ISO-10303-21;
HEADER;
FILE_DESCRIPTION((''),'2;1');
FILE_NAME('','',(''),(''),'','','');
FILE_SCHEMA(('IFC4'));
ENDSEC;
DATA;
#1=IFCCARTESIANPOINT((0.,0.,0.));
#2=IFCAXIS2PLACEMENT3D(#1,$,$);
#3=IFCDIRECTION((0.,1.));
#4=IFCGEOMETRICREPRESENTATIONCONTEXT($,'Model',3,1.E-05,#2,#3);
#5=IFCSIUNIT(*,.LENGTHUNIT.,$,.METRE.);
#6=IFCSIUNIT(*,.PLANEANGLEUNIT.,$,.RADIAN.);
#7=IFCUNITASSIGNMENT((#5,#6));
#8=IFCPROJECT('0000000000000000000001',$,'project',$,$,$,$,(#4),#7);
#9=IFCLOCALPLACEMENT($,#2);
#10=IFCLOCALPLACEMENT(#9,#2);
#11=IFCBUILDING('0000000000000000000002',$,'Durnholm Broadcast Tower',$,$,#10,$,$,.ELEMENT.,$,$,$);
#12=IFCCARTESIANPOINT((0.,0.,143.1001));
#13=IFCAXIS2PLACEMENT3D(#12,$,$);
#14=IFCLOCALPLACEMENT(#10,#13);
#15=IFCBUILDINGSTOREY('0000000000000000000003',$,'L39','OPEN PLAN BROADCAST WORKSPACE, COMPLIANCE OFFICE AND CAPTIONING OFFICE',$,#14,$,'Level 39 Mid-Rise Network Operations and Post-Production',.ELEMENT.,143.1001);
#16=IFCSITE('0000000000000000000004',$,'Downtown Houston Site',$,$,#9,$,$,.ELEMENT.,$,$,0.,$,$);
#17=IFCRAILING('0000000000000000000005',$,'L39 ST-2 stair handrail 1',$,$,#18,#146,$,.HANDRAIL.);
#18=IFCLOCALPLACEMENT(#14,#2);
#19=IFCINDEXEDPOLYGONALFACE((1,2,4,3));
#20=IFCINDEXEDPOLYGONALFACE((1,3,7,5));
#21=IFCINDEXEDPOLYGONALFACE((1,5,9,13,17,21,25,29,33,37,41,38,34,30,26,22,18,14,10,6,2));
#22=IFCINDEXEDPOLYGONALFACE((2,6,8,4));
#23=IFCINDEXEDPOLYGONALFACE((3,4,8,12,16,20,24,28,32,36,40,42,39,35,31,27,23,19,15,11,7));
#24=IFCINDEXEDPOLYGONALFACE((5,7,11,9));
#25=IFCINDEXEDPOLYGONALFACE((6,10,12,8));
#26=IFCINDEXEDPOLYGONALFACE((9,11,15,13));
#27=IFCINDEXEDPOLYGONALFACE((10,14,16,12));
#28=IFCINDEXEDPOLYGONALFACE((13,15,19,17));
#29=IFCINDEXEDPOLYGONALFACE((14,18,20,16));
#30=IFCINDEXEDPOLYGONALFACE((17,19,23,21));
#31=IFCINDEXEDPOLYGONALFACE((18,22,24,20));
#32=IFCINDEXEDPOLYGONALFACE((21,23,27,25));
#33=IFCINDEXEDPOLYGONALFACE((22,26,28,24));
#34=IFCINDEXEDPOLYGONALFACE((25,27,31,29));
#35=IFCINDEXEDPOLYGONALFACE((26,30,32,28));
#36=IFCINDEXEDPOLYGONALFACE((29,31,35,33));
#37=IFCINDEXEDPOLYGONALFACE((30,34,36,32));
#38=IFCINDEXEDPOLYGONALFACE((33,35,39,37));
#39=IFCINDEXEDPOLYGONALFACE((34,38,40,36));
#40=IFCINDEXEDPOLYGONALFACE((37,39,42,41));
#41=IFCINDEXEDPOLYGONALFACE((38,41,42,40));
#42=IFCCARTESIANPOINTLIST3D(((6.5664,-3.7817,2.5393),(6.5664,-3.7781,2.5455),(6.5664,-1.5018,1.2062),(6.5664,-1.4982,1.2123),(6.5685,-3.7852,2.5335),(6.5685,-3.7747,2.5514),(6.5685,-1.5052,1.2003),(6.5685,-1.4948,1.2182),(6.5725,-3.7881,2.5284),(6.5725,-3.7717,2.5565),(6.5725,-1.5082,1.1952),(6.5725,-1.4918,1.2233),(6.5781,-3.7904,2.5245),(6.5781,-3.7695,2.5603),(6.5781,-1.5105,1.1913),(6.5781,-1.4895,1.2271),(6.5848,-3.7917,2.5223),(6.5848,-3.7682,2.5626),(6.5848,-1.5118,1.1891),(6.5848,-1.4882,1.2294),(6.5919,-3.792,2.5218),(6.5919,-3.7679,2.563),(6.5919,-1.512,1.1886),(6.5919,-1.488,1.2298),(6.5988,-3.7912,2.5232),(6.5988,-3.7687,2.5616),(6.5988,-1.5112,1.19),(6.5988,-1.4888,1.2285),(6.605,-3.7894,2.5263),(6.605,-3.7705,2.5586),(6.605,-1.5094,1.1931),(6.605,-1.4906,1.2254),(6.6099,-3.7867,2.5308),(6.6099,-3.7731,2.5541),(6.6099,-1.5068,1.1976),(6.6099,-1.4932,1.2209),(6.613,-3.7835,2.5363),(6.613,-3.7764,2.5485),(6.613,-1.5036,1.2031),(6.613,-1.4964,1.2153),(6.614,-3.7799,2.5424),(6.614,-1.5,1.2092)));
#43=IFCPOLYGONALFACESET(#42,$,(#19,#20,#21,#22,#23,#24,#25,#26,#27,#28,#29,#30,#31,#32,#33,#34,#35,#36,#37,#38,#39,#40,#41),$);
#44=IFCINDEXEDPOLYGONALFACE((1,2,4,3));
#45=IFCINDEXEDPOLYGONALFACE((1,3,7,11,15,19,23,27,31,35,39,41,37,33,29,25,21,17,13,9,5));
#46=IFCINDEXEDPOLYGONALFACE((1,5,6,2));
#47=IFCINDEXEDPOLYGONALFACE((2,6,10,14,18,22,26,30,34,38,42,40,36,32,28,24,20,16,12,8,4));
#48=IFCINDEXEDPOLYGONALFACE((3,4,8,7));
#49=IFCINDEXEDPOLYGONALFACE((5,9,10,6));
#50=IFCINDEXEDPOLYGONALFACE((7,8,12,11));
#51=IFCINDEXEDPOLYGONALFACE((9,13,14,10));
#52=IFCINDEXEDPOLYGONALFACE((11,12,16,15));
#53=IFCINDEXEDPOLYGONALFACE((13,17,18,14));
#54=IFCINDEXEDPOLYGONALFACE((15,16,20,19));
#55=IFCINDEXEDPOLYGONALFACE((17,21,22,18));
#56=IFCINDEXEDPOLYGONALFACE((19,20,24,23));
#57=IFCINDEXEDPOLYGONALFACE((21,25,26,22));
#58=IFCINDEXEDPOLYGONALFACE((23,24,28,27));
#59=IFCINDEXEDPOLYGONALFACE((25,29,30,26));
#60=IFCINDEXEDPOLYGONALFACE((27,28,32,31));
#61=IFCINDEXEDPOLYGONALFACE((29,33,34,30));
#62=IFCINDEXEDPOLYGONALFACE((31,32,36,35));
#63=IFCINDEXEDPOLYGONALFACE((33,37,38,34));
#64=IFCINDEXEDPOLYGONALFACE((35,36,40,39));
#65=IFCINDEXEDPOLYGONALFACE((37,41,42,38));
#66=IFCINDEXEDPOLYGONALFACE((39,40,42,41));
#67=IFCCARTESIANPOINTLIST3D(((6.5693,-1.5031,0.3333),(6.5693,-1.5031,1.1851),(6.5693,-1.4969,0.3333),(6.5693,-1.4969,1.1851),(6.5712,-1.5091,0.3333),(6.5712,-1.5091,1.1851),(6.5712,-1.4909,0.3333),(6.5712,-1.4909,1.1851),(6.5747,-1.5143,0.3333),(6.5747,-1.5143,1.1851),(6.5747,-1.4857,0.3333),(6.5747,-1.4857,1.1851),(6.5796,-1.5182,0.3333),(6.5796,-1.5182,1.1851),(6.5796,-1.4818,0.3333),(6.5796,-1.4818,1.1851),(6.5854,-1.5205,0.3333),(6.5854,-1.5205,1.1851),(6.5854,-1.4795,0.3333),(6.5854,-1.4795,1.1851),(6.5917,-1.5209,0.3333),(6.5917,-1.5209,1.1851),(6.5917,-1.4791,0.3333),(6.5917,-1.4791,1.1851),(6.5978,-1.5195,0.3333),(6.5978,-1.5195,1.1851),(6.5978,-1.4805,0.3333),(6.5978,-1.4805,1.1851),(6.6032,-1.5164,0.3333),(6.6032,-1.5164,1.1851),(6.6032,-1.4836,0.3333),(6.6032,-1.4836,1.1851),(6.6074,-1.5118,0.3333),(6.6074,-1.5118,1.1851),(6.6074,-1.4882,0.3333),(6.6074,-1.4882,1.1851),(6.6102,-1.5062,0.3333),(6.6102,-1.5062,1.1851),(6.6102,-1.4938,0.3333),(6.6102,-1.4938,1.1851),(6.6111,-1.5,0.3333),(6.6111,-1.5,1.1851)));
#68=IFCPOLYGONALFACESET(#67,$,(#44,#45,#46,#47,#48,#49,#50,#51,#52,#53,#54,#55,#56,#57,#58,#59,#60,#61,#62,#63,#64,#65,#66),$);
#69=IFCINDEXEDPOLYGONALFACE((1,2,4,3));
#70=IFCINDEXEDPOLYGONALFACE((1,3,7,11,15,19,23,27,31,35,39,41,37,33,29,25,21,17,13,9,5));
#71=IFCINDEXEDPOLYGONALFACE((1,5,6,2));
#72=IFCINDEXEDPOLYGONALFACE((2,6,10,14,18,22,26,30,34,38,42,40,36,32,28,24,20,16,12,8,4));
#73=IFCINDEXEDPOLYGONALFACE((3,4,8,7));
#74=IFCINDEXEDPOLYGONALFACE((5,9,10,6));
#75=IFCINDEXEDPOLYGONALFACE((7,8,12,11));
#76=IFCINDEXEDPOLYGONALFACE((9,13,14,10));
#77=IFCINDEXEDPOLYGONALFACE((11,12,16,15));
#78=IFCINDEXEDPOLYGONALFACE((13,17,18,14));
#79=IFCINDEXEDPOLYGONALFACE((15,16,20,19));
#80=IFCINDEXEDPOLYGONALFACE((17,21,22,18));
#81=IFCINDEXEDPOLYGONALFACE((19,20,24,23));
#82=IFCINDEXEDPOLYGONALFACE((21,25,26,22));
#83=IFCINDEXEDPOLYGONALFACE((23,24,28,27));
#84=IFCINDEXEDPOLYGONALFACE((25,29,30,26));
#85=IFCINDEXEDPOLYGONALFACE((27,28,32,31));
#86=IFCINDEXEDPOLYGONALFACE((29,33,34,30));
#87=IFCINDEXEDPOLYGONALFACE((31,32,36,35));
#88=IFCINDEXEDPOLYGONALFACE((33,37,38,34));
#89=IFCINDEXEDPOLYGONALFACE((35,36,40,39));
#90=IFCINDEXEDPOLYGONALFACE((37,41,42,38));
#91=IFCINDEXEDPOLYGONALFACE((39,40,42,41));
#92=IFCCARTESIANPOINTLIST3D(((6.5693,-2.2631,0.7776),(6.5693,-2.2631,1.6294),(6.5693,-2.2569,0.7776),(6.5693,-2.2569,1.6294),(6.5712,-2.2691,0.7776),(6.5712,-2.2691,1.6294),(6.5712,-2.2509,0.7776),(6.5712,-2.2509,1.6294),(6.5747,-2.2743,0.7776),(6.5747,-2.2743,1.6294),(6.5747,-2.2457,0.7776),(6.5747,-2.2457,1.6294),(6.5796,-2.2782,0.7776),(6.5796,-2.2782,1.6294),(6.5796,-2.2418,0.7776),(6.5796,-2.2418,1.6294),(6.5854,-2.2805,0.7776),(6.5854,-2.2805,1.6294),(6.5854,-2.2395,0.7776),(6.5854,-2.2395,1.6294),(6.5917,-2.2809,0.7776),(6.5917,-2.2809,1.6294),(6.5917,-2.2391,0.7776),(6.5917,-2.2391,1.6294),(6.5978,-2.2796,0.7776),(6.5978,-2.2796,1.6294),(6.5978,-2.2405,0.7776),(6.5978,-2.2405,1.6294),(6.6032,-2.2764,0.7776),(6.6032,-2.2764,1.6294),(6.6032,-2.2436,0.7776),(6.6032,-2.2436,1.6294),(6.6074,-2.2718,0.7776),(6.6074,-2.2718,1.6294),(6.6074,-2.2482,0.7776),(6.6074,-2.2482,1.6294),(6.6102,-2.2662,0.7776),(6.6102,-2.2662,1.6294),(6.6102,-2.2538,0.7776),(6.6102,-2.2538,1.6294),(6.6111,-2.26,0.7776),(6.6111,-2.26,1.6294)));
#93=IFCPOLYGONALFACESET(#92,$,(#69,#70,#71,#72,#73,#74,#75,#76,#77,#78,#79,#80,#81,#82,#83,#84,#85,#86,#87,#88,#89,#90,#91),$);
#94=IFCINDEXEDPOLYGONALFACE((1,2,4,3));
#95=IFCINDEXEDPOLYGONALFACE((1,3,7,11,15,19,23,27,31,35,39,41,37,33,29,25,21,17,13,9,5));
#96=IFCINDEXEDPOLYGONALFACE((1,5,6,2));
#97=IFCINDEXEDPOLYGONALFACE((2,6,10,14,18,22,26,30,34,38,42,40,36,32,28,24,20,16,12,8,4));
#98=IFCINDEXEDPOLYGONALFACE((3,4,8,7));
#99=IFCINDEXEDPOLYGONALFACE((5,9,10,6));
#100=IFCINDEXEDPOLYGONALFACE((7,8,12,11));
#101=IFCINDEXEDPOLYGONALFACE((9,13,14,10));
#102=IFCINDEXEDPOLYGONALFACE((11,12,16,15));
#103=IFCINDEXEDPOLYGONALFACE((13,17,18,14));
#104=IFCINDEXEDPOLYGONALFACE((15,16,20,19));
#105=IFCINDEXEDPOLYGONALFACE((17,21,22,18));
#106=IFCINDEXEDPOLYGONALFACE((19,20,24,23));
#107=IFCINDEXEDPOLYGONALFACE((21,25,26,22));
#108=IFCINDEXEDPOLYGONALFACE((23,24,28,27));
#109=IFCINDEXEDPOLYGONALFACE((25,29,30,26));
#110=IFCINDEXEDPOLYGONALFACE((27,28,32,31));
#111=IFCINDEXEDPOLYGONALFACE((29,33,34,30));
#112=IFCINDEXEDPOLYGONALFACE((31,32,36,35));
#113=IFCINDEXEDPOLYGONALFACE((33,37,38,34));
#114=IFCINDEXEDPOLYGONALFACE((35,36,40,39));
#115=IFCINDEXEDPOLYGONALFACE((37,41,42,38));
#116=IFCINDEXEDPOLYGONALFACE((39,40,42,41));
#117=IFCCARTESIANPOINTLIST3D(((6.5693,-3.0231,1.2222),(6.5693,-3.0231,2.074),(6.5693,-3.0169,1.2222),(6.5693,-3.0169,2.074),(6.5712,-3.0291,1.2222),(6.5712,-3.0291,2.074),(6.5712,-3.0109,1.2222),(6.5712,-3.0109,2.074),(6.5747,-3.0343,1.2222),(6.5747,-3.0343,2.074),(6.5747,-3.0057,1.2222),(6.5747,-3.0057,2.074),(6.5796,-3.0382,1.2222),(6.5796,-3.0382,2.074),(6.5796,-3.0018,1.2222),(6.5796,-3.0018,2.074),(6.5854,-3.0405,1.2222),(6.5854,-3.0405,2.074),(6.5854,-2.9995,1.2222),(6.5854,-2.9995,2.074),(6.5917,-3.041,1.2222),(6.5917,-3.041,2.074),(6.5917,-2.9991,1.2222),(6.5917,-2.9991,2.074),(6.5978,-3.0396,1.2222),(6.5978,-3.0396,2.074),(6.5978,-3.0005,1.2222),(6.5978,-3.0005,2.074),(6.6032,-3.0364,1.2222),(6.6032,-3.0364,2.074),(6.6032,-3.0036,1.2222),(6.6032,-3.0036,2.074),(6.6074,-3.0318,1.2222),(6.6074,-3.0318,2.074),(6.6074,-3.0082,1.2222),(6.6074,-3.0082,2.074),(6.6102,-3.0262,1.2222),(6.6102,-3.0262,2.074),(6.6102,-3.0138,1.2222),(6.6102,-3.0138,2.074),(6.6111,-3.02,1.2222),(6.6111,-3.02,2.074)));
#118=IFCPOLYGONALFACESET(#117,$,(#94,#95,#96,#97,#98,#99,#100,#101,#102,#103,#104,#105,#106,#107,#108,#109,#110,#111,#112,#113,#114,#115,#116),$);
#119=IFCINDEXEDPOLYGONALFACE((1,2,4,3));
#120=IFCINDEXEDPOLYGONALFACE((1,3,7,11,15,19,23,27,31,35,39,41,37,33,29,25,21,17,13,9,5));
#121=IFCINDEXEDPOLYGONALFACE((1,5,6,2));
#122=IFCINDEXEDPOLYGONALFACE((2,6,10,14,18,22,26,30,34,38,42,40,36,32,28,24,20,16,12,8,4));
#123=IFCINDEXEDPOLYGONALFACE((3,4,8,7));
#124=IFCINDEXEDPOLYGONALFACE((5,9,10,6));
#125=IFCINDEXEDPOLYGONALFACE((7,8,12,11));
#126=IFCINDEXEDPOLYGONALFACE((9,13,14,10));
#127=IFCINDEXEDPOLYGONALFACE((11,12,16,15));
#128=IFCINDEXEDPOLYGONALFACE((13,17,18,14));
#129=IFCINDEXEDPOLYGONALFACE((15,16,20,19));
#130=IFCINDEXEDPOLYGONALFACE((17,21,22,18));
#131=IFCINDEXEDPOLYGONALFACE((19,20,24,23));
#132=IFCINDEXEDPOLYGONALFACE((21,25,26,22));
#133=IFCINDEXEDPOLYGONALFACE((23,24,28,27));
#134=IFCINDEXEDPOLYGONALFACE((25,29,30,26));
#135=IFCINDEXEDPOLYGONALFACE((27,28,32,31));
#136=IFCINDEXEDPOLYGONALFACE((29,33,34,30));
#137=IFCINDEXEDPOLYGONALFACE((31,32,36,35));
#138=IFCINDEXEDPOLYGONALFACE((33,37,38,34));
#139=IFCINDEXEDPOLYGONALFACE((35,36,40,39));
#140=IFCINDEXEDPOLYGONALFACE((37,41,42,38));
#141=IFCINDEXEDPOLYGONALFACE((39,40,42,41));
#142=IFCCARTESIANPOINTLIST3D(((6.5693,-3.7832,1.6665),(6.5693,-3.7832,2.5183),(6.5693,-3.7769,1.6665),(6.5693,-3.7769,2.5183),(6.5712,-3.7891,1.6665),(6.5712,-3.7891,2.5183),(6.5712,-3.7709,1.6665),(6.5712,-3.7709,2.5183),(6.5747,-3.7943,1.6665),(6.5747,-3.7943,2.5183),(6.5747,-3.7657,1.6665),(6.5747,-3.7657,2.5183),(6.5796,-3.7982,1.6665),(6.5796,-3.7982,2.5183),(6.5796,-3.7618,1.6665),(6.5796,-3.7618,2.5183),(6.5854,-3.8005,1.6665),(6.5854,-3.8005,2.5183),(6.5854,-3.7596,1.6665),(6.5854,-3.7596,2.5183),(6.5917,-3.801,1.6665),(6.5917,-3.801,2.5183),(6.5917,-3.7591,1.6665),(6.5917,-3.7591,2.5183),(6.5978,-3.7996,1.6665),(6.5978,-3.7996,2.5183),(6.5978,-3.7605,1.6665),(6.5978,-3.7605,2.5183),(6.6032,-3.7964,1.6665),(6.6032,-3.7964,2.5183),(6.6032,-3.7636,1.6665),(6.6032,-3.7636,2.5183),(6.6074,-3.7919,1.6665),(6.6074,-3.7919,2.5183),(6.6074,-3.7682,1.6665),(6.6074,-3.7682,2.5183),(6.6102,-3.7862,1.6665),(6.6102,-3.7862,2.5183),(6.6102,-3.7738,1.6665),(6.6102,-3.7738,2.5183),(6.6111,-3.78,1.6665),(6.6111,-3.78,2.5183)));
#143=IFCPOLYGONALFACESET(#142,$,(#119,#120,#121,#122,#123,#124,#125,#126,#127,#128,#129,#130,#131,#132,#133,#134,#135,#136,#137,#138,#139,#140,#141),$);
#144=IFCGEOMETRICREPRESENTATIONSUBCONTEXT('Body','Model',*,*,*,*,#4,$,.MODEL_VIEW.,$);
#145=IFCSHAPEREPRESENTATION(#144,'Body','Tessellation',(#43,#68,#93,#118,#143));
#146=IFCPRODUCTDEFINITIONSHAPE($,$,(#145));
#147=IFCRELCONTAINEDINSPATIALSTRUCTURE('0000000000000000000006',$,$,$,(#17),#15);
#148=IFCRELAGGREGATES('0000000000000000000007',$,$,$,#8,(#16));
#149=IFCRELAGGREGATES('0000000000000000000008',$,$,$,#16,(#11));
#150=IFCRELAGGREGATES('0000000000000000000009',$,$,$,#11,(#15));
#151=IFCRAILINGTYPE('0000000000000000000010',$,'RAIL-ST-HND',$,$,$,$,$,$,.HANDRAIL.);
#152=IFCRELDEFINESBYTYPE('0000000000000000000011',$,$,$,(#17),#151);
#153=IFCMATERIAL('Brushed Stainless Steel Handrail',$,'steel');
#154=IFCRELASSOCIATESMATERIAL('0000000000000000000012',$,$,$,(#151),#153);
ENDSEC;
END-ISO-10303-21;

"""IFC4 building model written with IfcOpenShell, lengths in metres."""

from ifc_helpers import new_model, si_unit, direction, frame, origin, origin_2d, place, context, subcontext, project, spatial, circle, extrude, material, type_object, element, save


model = new_model("IFC4")

# Units and contexts
model_context = context("Model", 3, precision=1e-05, world=origin(), true_north=direction((0.0, 1.0)))
body_context = subcontext(model_context, "Body", "Model", "MODEL_VIEW")
ifc_project = project(units=[si_unit("LENGTHUNIT", "METRE"), si_unit("PLANEANGLEUNIT", "RADIAN")], contexts=[model_context])

# Site, building, storey
site_placement = place(None, origin())
site = spatial("IfcSite", under=ifc_project, at=site_placement, Name="Downtown Houston Site", CompositionType="ELEMENT", RefElevation=0.0)
building_placement = place(site_placement, origin())
building = spatial("IfcBuilding", under=site, at=building_placement, Name="Durnholm Broadcast Tower", CompositionType="ELEMENT")
storey_placement = place(building_placement, frame((0.0, 0.0, 143.1001)))
storey = spatial("IfcBuildingStorey", under=building, at=storey_placement, Name="L39", Description="OPEN PLAN BROADCAST WORKSPACE, COMPLIANCE OFFICE AND CAPTIONING OFFICE", LongName="Level 39 Mid-Rise Network Operations and Post-Production", CompositionType="ELEMENT", Elevation=143.1001)

# Railing
ifc_material_1 = material(Name="Brushed Stainless Steel Handrail", Category="steel")
railing_type_1 = type_object("IfcRailingType", Name="RAIL-ST-HND", PredefinedType="HANDRAIL", material=ifc_material_1)
railing_1_placement = place(storey_placement, frame((6.5901, -1.5, 0.3333)))
element("IfcRailing", 1, at=railing_1_placement, inside=storey, type_object=railing_type_1, Name="L39 ST-2 stair handrail 1", PredefinedType="HANDRAIL", context=body_context, shape_type="SweptSolid", body=[
    extrude(circle(Radius=0.0239, at=origin_2d()), frame((0.0, 0.0, 0.876), z_axis=(0.0, -0.863245, 0.504785), x_axis=(1.0, 0.0, 0.0)), (0.0, 0.0, 1.0), 2.6411),
    extrude(circle(Radius=0.021, at=origin_2d()), origin(), (0.0, 0.0, 1.0), 0.8518),
    extrude(circle(Radius=0.021, at=origin_2d()), frame((0.0, -0.76, 0.4443)), (0.0, 0.0, 1.0), 0.8518),
    extrude(circle(Radius=0.021, at=origin_2d()), frame((0.0, -1.52, 0.8889)), (0.0, 0.0, 1.0), 0.8518),
    extrude(circle(Radius=0.021, at=origin_2d()), frame((0.0, -2.28, 1.3333)), (0.0, 0.0, 1.0), 0.8518),
])

save(model, "model.ifc")
